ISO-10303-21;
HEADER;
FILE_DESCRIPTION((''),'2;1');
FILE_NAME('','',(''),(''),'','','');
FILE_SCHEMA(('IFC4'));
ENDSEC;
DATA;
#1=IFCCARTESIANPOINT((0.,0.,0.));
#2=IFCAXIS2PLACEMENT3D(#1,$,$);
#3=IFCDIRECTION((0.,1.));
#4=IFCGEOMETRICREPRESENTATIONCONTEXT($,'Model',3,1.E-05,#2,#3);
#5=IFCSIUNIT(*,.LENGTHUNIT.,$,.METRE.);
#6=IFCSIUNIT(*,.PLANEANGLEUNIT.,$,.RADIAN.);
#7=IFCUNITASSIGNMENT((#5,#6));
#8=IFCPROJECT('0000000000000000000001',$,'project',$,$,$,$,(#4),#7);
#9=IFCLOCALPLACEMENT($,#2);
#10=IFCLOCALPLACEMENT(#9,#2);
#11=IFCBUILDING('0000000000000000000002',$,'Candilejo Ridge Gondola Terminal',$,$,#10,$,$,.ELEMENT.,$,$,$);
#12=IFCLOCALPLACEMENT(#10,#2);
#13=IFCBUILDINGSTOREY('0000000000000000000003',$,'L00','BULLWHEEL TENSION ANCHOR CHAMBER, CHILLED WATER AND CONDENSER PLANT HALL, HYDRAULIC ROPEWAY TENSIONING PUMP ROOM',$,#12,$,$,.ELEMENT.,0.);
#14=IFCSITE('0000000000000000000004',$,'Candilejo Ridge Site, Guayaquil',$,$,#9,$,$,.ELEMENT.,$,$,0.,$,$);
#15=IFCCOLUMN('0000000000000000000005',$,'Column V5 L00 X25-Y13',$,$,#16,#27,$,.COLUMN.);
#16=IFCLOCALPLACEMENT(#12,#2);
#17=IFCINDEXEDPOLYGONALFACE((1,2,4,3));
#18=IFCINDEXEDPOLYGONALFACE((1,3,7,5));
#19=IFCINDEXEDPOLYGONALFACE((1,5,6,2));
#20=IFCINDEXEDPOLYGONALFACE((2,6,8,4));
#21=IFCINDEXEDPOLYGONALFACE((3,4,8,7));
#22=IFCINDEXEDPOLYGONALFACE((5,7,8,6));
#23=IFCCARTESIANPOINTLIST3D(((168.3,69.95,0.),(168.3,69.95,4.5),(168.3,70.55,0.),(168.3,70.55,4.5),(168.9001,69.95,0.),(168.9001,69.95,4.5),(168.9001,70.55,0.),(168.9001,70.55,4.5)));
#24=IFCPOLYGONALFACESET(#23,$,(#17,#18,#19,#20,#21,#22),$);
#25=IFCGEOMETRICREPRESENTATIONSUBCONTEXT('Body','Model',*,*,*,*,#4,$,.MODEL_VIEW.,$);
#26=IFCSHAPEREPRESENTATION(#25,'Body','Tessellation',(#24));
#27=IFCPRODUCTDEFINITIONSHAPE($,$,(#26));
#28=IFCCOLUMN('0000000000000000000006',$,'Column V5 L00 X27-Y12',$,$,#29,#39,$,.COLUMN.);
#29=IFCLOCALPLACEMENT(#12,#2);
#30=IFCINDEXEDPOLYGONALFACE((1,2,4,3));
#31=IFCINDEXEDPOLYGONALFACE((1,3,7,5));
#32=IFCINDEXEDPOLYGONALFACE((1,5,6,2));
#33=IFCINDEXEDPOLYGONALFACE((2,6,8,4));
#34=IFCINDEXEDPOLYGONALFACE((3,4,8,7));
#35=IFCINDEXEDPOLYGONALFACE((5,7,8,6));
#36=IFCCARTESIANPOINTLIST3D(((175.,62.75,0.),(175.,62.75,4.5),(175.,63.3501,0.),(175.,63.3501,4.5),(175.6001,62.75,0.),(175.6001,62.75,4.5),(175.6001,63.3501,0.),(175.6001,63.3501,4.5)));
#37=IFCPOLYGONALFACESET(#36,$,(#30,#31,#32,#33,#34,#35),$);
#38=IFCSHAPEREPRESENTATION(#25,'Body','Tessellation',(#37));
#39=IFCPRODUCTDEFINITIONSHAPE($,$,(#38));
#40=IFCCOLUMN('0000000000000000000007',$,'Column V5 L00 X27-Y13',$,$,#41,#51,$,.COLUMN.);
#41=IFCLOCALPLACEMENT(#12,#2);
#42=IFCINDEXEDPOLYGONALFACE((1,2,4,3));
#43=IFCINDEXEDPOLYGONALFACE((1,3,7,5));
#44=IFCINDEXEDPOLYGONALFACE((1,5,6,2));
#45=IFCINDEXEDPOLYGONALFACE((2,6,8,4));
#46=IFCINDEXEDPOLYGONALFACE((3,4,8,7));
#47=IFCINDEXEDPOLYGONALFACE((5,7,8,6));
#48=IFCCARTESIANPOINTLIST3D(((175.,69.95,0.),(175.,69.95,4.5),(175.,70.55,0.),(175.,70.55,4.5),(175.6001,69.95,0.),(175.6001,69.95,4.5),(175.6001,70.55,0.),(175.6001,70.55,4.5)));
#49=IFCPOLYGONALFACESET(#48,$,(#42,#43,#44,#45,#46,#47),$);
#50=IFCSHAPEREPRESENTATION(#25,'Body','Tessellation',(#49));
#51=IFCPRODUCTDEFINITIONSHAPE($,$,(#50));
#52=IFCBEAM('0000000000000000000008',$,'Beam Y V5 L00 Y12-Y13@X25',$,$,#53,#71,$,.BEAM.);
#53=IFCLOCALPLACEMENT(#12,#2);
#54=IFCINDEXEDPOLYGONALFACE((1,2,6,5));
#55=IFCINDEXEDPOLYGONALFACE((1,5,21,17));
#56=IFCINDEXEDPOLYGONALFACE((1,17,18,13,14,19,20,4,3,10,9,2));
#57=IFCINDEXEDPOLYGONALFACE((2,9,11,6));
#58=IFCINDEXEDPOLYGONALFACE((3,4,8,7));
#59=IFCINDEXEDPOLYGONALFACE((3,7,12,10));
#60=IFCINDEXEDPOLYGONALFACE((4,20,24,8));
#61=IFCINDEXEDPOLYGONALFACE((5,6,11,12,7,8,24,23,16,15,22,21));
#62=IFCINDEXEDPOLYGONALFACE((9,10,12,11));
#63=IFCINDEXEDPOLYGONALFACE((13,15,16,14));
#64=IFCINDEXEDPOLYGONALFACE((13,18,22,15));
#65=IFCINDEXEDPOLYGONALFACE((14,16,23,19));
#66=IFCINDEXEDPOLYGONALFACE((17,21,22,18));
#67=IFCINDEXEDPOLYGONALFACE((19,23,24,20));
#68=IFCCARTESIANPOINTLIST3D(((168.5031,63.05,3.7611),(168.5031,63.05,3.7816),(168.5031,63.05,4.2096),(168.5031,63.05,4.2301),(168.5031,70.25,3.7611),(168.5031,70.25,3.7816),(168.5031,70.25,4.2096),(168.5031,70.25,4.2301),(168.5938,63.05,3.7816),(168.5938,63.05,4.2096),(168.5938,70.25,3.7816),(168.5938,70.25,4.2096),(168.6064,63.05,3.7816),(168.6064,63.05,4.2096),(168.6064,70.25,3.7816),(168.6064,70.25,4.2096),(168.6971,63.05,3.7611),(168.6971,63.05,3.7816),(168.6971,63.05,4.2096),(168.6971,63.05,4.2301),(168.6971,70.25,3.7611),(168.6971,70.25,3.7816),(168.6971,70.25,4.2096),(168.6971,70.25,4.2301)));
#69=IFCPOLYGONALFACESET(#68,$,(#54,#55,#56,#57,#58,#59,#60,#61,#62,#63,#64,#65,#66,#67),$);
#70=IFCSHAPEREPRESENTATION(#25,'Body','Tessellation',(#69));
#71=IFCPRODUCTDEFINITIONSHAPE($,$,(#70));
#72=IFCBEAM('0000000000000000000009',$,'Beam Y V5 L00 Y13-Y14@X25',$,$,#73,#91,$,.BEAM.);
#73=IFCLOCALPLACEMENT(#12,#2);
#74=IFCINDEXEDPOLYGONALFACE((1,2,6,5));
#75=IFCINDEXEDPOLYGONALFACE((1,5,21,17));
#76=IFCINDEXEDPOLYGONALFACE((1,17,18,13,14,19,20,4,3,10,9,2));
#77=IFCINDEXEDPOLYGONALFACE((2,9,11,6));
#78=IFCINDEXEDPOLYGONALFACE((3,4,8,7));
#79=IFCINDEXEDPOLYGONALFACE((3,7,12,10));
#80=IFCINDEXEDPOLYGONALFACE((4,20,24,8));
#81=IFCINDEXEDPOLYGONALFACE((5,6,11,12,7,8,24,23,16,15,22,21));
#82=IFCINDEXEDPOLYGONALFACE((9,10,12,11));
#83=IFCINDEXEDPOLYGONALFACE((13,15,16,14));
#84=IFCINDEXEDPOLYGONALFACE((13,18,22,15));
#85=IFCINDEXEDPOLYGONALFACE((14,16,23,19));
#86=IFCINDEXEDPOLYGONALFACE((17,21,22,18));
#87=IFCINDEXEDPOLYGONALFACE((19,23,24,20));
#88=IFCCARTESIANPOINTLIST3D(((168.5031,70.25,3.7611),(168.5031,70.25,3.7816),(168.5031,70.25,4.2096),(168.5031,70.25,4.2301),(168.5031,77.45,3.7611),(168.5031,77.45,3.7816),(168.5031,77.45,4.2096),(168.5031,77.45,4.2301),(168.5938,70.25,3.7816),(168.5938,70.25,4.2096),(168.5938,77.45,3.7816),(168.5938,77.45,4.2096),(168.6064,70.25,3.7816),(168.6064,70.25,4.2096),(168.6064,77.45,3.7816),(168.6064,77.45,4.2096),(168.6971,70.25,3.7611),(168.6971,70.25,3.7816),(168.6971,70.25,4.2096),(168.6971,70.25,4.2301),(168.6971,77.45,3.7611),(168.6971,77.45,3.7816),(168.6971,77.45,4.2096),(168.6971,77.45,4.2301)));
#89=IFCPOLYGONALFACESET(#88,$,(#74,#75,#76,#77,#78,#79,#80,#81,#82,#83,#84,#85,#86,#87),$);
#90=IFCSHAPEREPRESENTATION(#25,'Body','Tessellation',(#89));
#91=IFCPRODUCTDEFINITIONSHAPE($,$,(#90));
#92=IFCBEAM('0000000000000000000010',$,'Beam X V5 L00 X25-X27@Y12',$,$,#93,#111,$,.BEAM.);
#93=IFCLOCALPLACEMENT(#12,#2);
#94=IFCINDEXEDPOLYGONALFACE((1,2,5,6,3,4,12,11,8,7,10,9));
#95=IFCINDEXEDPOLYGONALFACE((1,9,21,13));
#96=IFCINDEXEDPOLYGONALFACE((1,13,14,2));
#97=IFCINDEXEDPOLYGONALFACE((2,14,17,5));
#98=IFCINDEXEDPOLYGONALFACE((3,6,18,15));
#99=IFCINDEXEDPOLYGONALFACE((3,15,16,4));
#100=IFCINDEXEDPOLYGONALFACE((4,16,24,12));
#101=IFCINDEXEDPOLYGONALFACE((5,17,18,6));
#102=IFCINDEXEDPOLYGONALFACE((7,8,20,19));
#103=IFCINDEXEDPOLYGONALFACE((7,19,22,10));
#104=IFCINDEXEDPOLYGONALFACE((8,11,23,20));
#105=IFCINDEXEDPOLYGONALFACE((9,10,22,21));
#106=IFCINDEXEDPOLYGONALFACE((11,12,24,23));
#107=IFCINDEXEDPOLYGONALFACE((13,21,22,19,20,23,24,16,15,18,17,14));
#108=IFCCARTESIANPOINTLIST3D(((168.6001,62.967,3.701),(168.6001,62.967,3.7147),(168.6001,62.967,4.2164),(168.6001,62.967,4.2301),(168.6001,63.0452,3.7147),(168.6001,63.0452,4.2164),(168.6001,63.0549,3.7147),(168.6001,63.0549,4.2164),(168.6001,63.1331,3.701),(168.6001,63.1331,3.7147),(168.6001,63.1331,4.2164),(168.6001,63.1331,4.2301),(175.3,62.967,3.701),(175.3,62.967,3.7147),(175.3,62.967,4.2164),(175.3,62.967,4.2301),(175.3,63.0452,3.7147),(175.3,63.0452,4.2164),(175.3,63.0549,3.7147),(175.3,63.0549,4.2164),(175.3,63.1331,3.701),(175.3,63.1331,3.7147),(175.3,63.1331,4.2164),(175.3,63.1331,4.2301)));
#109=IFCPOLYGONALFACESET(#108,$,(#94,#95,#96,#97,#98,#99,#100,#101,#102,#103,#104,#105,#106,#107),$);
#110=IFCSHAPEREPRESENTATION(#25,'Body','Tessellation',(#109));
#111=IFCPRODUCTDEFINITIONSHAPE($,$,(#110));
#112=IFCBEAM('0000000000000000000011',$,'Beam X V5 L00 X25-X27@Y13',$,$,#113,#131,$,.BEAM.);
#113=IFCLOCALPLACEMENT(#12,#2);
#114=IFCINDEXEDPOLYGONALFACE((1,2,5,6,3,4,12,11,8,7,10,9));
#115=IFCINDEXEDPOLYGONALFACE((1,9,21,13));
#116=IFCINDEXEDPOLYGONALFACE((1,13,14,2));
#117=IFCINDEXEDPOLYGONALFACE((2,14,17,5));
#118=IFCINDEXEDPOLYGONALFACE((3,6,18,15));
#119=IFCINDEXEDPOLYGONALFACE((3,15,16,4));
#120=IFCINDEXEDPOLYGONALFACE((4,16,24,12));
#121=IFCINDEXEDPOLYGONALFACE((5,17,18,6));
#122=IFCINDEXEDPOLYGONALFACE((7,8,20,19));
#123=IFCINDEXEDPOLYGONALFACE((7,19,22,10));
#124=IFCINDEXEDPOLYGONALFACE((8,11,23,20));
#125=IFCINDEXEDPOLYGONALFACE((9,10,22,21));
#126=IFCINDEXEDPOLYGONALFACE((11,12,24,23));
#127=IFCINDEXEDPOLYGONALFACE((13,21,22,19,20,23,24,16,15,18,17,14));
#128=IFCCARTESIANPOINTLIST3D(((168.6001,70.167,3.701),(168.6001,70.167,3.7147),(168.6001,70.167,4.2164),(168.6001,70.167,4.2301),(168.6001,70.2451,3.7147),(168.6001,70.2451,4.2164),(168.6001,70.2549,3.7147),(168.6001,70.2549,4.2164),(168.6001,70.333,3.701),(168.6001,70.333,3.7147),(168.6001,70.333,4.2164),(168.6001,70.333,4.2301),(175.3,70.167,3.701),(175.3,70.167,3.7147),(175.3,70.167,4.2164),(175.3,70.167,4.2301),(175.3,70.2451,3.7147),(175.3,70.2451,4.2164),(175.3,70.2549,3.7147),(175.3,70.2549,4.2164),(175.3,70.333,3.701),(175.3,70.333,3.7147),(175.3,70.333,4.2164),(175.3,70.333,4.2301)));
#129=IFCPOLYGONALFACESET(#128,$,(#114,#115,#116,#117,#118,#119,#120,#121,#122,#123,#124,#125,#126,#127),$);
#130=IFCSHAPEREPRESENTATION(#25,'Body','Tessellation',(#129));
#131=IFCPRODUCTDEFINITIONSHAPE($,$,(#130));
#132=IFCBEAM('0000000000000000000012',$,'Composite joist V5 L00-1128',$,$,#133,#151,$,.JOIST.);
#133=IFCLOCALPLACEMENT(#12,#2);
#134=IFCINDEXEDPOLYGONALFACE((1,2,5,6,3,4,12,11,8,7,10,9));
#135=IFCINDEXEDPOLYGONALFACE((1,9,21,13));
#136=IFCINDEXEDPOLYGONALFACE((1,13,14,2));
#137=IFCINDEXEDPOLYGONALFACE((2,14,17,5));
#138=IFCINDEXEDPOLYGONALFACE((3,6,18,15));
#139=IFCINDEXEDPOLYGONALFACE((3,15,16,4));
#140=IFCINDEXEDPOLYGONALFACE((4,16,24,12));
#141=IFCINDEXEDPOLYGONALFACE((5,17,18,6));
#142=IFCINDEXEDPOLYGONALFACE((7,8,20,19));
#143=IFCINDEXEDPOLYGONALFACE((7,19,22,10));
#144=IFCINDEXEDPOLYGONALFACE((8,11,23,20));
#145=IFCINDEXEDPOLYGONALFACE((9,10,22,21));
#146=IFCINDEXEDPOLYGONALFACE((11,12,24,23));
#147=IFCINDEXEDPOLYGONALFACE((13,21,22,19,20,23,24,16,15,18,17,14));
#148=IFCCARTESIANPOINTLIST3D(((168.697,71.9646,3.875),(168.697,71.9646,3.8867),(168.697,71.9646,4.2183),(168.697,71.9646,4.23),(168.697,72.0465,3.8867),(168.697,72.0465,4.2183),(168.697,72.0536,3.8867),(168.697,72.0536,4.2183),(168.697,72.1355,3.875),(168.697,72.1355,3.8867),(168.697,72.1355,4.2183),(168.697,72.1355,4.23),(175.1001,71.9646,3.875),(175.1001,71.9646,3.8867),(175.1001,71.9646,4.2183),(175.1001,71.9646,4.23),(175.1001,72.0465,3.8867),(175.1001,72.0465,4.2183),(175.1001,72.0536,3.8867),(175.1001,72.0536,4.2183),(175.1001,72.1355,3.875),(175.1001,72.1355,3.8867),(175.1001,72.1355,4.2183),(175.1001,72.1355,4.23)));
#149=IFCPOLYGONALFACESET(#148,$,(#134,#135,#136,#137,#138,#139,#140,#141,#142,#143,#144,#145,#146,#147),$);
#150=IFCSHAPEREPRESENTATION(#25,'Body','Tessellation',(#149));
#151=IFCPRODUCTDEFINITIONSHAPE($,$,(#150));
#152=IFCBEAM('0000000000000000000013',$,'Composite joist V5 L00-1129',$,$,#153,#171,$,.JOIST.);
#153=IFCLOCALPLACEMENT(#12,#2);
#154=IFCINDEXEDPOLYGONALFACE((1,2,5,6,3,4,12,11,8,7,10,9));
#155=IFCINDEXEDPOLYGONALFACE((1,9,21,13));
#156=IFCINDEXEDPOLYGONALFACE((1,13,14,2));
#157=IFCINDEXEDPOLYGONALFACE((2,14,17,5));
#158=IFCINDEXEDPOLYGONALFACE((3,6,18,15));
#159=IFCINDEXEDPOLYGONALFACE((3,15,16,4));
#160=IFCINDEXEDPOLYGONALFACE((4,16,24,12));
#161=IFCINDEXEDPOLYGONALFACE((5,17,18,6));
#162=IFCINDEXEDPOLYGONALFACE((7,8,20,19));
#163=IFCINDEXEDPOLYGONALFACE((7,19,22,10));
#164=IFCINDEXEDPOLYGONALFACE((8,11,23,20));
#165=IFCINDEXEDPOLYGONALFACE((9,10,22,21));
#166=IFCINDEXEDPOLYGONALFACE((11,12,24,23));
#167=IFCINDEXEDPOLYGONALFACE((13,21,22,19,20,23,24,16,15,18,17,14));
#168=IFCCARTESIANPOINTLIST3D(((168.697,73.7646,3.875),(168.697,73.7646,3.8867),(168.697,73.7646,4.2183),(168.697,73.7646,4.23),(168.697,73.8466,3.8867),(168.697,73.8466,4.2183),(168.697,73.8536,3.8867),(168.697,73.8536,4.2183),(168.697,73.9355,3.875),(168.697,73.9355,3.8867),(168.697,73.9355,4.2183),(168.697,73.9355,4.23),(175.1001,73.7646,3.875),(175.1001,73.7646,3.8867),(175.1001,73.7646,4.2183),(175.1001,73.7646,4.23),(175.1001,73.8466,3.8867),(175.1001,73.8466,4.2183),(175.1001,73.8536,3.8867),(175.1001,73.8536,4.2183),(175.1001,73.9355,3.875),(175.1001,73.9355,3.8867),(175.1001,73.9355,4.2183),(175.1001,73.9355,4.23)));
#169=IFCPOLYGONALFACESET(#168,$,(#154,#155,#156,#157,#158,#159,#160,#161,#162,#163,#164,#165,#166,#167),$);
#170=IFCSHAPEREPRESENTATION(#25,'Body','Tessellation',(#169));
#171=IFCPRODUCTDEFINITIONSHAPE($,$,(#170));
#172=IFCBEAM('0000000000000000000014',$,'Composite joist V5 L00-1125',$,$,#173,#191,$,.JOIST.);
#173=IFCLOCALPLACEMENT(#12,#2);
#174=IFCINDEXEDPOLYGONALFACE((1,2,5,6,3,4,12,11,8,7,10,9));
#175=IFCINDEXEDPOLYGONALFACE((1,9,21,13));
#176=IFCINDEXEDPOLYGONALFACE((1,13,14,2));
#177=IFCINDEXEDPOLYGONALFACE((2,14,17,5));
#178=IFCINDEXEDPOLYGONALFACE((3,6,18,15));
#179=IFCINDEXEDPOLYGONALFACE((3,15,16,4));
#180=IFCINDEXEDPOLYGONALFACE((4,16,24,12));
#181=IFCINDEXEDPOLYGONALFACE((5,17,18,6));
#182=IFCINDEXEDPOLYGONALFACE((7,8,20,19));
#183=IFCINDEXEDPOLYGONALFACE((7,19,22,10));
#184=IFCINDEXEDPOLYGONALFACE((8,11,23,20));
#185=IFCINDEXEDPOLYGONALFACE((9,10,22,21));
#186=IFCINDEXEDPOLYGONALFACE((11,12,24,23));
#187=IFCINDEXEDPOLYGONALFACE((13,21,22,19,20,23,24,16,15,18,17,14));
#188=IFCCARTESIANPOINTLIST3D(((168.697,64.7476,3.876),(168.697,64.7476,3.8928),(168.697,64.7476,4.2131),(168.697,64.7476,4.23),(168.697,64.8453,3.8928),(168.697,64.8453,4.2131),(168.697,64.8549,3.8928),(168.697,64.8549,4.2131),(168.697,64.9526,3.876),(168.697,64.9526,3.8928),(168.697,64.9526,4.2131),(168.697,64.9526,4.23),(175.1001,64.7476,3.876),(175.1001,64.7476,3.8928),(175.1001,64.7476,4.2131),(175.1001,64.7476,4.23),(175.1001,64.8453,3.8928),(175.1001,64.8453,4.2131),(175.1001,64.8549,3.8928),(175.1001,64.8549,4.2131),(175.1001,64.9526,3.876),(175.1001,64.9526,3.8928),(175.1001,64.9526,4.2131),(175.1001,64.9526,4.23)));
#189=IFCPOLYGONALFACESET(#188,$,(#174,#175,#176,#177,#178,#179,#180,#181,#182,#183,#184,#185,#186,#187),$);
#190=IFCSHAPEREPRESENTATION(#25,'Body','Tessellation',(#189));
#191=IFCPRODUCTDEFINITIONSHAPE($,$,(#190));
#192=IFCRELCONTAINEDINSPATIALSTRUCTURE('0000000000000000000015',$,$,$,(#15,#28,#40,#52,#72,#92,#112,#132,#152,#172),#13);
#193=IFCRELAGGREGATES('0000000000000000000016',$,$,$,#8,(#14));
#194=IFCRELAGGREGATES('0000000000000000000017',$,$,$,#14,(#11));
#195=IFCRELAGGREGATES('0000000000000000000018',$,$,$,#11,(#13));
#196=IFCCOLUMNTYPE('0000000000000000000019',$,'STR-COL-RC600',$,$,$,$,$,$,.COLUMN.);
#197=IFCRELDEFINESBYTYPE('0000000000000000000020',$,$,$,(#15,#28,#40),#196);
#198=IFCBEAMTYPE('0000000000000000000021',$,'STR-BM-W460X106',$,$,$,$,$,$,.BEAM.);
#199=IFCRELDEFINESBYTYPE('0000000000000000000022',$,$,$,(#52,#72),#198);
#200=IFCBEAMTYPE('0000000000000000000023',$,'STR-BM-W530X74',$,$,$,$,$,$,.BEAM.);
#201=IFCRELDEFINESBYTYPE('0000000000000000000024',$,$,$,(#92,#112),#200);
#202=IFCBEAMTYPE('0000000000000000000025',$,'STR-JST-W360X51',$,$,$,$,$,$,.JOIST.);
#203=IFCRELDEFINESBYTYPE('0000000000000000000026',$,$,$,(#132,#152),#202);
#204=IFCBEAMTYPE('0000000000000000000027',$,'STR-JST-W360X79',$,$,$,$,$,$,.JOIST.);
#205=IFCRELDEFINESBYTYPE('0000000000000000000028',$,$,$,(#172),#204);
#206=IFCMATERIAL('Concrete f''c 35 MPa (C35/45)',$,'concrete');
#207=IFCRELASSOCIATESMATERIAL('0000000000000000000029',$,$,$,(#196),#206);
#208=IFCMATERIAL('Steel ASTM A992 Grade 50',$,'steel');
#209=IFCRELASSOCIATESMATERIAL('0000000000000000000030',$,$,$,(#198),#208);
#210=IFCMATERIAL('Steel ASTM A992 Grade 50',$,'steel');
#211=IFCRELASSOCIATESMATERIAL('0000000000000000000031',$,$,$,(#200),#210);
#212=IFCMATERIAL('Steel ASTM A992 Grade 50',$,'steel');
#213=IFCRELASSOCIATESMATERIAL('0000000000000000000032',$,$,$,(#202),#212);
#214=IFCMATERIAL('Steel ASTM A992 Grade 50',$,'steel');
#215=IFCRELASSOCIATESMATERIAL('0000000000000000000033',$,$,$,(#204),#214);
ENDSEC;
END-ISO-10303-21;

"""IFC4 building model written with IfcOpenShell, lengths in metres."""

from ifc_helpers import new_model, si_unit, direction, frame, origin, origin_2d, place, context, subcontext, project, spatial, rectangle, i_section, extrude, material, material_profile, profile_set, type_object, element, save


model = new_model("IFC4")

# Units and contexts
model_context = context("Model", 3, precision=1e-05, world=origin(), true_north=direction((0.0, 1.0)))
body_context = subcontext(model_context, "Body", "Model", "MODEL_VIEW")
ifc_project = project(units=[si_unit("LENGTHUNIT", "METRE"), si_unit("PLANEANGLEUNIT", "RADIAN")], contexts=[model_context])

# Site, building, storey
site_placement = place(None, origin())
site = spatial("IfcSite", under=ifc_project, at=site_placement, Name="Candilejo Ridge Site, Guayaquil", CompositionType="ELEMENT", RefElevation=0.0)
building_placement = place(site_placement, origin())
building = spatial("IfcBuilding", under=site, at=building_placement, Name="Candilejo Ridge Gondola Terminal", CompositionType="ELEMENT")
storey_placement = place(building_placement, origin())
storey = spatial("IfcBuildingStorey", under=building, at=storey_placement, Name="L00", Description="BULLWHEEL TENSION ANCHOR CHAMBER, CHILLED WATER AND CONDENSER PLANT HALL, HYDRAULIC ROPEWAY TENSIONING PUMP ROOM", CompositionType="ELEMENT", Elevation=0.0)

# Columns
ifc_material_1 = material(Name="Concrete f'c 35 MPa (C35/45)", Category="concrete")
ifc_material_profile_1 = material_profile(ifc_material_1, rectangle(XDim=0.6001, YDim=0.6001, at=origin_2d()))
ifc_profile_set_1 = profile_set([ifc_material_profile_1], Name="Concrete f'c 35 MPa (C35/45)")
column_type = type_object("IfcColumnType", Name="STR-COL-RC600", PredefinedType="COLUMN", material=ifc_profile_set_1)
for number, where, z_axis, x_axis, name in (
    (1, (168.6001, 70.25, 0.0), (0.0, 0.0, 1.0), (1.0, 0.0, 0.0), "Column V5 L00 X25-Y13"),
    (2, (175.3, 63.05, 0.0), (0.0, 0.0, 1.0), (1.0, 0.0, 0.0), "Column V5 L00 X27-Y12"),
    (3, (175.3, 70.25, 0.0), (0.0, 0.0, 1.0), (1.0, 0.0, 0.0), "Column V5 L00 X27-Y13"),
):
    element("IfcColumn", number, at=place(storey_placement, frame(where, z_axis=z_axis, x_axis=x_axis)), inside=storey, type_object=column_type, Name=name, PredefinedType="COLUMN", context=body_context, shape_type="SweptSolid", body=[
        extrude(rectangle(XDim=0.6001, YDim=0.6001, at=origin_2d()), origin(), (0.0, 0.0, 1.0), 4.5),
    ])

# Beams
ifc_material_2 = material(Name="Steel ASTM A992 Grade 50", Category="steel")
ifc_material_profile_2 = material_profile(ifc_material_2, i_section(OverallWidth=0.1941, OverallDepth=0.469, WebThickness=0.0127, FlangeThickness=0.0205, at=origin_2d()))
ifc_profile_set_2 = profile_set([ifc_material_profile_2], Name="Steel ASTM A992 Grade 50")
beam_type_1 = type_object("IfcBeamType", Name="STR-BM-W460X106", PredefinedType="BEAM", material=ifc_profile_set_2)
for number, where, z_axis, x_axis, name in (
    (4, (168.6001, 63.05, 3.9956), (0.0, 1.0, 0.0), (-1.0, 0.0, 0.0), "Beam Y V5 L00 Y12-Y13@X25"),
    (5, (168.6001, 70.25, 3.9956), (0.0, 1.0, 0.0), (-1.0, 0.0, 0.0), "Beam Y V5 L00 Y13-Y14@X25"),
):
    element("IfcBeam", number, at=place(storey_placement, frame(where, z_axis=z_axis, x_axis=x_axis)), inside=storey, type_object=beam_type_1, Name=name, PredefinedType="BEAM", context=body_context, shape_type="SweptSolid", body=[
        extrude(i_section(OverallWidth=0.1941, OverallDepth=0.469, WebThickness=0.0127, FlangeThickness=0.0205, at=origin_2d()), origin(), (0.0, 0.0, 1.0), 7.2),
    ])
ifc_material_3 = material(Name="Steel ASTM A992 Grade 50", Category="steel")
ifc_material_profile_3 = material_profile(ifc_material_3, i_section(OverallWidth=0.166, OverallDepth=0.5291, WebThickness=0.0098, FlangeThickness=0.0137, at=origin_2d()))
ifc_profile_set_3 = profile_set([ifc_material_profile_3], Name="Steel ASTM A992 Grade 50")
beam_type_2 = type_object("IfcBeamType", Name="STR-BM-W530X74", PredefinedType="BEAM", material=ifc_profile_set_3)
for number, where, z_axis, x_axis, name in (
    (6, (168.6001, 63.05, 3.9656), (1.0, 0.0, 0.0), (0.0, 1.0, 0.0), "Beam X V5 L00 X25-X27@Y12"),
    (7, (168.6001, 70.25, 3.9656), (1.0, 0.0, 0.0), (0.0, 1.0, 0.0), "Beam X V5 L00 X25-X27@Y13"),
):
    element("IfcBeam", number, at=place(storey_placement, frame(where, z_axis=z_axis, x_axis=x_axis)), inside=storey, type_object=beam_type_2, Name=name, PredefinedType="BEAM", context=body_context, shape_type="SweptSolid", body=[
        extrude(i_section(OverallWidth=0.166, OverallDepth=0.5291, WebThickness=0.0098, FlangeThickness=0.0137, at=origin_2d()), origin(), (0.0, 0.0, 1.0), 6.7),
    ])
ifc_material_4 = material(Name="Steel ASTM A992 Grade 50", Category="steel")
ifc_material_profile_4 = material_profile(ifc_material_4, i_section(OverallWidth=0.1709, OverallDepth=0.355, WebThickness=0.0071, FlangeThickness=0.0117, at=origin_2d()))
ifc_profile_set_4 = profile_set([ifc_material_profile_4], Name="Steel ASTM A992 Grade 50")
beam_type_3 = type_object("IfcBeamType", Name="STR-JST-W360X51", PredefinedType="JOIST", material=ifc_profile_set_4)
for number, where, z_axis, x_axis, name in (
    (8, (168.697, 72.05, 4.0525), (1.0, 0.0, 0.0), (0.0, 1.0, 0.0), "Composite joist V5 L00-1128"),
    (9, (168.697, 73.8501, 4.0525), (1.0, 0.0, 0.0), (0.0, 1.0, 0.0), "Composite joist V5 L00-1129"),
):
    element("IfcBeam", number, at=place(storey_placement, frame(where, z_axis=z_axis, x_axis=x_axis)), inside=storey, type_object=beam_type_3, Name=name, PredefinedType="JOIST", context=body_context, shape_type="SweptSolid", body=[
        extrude(i_section(OverallWidth=0.1709, OverallDepth=0.355, WebThickness=0.0071, FlangeThickness=0.0117, at=origin_2d()), origin(), (0.0, 0.0, 1.0), 6.4031),
    ])
ifc_material_5 = material(Name="Steel ASTM A992 Grade 50", Category="steel")
ifc_material_profile_5 = material_profile(ifc_material_5, i_section(OverallWidth=0.2051, OverallDepth=0.354, WebThickness=0.0095, FlangeThickness=0.0168, at=origin_2d()))
ifc_profile_set_5 = profile_set([ifc_material_profile_5], Name="Steel ASTM A992 Grade 50")
beam_type_4 = type_object("IfcBeamType", Name="STR-JST-W360X79", PredefinedType="JOIST", material=ifc_profile_set_5)
for number, where, z_axis, x_axis, name in (
    (10, (168.697, 64.8501, 4.053), (1.0, 0.0, 0.0), (0.0, 1.0, 0.0), "Composite joist V5 L00-1125"),
):
    element("IfcBeam", number, at=place(storey_placement, frame(where, z_axis=z_axis, x_axis=x_axis)), inside=storey, type_object=beam_type_4, Name=name, PredefinedType="JOIST", context=body_context, shape_type="SweptSolid", body=[
        extrude(i_section(OverallWidth=0.2051, OverallDepth=0.354, WebThickness=0.0095, FlangeThickness=0.0168, at=origin_2d()), origin(), (0.0, 0.0, 1.0), 6.4031),
    ])

save(model, "model.ifc")
